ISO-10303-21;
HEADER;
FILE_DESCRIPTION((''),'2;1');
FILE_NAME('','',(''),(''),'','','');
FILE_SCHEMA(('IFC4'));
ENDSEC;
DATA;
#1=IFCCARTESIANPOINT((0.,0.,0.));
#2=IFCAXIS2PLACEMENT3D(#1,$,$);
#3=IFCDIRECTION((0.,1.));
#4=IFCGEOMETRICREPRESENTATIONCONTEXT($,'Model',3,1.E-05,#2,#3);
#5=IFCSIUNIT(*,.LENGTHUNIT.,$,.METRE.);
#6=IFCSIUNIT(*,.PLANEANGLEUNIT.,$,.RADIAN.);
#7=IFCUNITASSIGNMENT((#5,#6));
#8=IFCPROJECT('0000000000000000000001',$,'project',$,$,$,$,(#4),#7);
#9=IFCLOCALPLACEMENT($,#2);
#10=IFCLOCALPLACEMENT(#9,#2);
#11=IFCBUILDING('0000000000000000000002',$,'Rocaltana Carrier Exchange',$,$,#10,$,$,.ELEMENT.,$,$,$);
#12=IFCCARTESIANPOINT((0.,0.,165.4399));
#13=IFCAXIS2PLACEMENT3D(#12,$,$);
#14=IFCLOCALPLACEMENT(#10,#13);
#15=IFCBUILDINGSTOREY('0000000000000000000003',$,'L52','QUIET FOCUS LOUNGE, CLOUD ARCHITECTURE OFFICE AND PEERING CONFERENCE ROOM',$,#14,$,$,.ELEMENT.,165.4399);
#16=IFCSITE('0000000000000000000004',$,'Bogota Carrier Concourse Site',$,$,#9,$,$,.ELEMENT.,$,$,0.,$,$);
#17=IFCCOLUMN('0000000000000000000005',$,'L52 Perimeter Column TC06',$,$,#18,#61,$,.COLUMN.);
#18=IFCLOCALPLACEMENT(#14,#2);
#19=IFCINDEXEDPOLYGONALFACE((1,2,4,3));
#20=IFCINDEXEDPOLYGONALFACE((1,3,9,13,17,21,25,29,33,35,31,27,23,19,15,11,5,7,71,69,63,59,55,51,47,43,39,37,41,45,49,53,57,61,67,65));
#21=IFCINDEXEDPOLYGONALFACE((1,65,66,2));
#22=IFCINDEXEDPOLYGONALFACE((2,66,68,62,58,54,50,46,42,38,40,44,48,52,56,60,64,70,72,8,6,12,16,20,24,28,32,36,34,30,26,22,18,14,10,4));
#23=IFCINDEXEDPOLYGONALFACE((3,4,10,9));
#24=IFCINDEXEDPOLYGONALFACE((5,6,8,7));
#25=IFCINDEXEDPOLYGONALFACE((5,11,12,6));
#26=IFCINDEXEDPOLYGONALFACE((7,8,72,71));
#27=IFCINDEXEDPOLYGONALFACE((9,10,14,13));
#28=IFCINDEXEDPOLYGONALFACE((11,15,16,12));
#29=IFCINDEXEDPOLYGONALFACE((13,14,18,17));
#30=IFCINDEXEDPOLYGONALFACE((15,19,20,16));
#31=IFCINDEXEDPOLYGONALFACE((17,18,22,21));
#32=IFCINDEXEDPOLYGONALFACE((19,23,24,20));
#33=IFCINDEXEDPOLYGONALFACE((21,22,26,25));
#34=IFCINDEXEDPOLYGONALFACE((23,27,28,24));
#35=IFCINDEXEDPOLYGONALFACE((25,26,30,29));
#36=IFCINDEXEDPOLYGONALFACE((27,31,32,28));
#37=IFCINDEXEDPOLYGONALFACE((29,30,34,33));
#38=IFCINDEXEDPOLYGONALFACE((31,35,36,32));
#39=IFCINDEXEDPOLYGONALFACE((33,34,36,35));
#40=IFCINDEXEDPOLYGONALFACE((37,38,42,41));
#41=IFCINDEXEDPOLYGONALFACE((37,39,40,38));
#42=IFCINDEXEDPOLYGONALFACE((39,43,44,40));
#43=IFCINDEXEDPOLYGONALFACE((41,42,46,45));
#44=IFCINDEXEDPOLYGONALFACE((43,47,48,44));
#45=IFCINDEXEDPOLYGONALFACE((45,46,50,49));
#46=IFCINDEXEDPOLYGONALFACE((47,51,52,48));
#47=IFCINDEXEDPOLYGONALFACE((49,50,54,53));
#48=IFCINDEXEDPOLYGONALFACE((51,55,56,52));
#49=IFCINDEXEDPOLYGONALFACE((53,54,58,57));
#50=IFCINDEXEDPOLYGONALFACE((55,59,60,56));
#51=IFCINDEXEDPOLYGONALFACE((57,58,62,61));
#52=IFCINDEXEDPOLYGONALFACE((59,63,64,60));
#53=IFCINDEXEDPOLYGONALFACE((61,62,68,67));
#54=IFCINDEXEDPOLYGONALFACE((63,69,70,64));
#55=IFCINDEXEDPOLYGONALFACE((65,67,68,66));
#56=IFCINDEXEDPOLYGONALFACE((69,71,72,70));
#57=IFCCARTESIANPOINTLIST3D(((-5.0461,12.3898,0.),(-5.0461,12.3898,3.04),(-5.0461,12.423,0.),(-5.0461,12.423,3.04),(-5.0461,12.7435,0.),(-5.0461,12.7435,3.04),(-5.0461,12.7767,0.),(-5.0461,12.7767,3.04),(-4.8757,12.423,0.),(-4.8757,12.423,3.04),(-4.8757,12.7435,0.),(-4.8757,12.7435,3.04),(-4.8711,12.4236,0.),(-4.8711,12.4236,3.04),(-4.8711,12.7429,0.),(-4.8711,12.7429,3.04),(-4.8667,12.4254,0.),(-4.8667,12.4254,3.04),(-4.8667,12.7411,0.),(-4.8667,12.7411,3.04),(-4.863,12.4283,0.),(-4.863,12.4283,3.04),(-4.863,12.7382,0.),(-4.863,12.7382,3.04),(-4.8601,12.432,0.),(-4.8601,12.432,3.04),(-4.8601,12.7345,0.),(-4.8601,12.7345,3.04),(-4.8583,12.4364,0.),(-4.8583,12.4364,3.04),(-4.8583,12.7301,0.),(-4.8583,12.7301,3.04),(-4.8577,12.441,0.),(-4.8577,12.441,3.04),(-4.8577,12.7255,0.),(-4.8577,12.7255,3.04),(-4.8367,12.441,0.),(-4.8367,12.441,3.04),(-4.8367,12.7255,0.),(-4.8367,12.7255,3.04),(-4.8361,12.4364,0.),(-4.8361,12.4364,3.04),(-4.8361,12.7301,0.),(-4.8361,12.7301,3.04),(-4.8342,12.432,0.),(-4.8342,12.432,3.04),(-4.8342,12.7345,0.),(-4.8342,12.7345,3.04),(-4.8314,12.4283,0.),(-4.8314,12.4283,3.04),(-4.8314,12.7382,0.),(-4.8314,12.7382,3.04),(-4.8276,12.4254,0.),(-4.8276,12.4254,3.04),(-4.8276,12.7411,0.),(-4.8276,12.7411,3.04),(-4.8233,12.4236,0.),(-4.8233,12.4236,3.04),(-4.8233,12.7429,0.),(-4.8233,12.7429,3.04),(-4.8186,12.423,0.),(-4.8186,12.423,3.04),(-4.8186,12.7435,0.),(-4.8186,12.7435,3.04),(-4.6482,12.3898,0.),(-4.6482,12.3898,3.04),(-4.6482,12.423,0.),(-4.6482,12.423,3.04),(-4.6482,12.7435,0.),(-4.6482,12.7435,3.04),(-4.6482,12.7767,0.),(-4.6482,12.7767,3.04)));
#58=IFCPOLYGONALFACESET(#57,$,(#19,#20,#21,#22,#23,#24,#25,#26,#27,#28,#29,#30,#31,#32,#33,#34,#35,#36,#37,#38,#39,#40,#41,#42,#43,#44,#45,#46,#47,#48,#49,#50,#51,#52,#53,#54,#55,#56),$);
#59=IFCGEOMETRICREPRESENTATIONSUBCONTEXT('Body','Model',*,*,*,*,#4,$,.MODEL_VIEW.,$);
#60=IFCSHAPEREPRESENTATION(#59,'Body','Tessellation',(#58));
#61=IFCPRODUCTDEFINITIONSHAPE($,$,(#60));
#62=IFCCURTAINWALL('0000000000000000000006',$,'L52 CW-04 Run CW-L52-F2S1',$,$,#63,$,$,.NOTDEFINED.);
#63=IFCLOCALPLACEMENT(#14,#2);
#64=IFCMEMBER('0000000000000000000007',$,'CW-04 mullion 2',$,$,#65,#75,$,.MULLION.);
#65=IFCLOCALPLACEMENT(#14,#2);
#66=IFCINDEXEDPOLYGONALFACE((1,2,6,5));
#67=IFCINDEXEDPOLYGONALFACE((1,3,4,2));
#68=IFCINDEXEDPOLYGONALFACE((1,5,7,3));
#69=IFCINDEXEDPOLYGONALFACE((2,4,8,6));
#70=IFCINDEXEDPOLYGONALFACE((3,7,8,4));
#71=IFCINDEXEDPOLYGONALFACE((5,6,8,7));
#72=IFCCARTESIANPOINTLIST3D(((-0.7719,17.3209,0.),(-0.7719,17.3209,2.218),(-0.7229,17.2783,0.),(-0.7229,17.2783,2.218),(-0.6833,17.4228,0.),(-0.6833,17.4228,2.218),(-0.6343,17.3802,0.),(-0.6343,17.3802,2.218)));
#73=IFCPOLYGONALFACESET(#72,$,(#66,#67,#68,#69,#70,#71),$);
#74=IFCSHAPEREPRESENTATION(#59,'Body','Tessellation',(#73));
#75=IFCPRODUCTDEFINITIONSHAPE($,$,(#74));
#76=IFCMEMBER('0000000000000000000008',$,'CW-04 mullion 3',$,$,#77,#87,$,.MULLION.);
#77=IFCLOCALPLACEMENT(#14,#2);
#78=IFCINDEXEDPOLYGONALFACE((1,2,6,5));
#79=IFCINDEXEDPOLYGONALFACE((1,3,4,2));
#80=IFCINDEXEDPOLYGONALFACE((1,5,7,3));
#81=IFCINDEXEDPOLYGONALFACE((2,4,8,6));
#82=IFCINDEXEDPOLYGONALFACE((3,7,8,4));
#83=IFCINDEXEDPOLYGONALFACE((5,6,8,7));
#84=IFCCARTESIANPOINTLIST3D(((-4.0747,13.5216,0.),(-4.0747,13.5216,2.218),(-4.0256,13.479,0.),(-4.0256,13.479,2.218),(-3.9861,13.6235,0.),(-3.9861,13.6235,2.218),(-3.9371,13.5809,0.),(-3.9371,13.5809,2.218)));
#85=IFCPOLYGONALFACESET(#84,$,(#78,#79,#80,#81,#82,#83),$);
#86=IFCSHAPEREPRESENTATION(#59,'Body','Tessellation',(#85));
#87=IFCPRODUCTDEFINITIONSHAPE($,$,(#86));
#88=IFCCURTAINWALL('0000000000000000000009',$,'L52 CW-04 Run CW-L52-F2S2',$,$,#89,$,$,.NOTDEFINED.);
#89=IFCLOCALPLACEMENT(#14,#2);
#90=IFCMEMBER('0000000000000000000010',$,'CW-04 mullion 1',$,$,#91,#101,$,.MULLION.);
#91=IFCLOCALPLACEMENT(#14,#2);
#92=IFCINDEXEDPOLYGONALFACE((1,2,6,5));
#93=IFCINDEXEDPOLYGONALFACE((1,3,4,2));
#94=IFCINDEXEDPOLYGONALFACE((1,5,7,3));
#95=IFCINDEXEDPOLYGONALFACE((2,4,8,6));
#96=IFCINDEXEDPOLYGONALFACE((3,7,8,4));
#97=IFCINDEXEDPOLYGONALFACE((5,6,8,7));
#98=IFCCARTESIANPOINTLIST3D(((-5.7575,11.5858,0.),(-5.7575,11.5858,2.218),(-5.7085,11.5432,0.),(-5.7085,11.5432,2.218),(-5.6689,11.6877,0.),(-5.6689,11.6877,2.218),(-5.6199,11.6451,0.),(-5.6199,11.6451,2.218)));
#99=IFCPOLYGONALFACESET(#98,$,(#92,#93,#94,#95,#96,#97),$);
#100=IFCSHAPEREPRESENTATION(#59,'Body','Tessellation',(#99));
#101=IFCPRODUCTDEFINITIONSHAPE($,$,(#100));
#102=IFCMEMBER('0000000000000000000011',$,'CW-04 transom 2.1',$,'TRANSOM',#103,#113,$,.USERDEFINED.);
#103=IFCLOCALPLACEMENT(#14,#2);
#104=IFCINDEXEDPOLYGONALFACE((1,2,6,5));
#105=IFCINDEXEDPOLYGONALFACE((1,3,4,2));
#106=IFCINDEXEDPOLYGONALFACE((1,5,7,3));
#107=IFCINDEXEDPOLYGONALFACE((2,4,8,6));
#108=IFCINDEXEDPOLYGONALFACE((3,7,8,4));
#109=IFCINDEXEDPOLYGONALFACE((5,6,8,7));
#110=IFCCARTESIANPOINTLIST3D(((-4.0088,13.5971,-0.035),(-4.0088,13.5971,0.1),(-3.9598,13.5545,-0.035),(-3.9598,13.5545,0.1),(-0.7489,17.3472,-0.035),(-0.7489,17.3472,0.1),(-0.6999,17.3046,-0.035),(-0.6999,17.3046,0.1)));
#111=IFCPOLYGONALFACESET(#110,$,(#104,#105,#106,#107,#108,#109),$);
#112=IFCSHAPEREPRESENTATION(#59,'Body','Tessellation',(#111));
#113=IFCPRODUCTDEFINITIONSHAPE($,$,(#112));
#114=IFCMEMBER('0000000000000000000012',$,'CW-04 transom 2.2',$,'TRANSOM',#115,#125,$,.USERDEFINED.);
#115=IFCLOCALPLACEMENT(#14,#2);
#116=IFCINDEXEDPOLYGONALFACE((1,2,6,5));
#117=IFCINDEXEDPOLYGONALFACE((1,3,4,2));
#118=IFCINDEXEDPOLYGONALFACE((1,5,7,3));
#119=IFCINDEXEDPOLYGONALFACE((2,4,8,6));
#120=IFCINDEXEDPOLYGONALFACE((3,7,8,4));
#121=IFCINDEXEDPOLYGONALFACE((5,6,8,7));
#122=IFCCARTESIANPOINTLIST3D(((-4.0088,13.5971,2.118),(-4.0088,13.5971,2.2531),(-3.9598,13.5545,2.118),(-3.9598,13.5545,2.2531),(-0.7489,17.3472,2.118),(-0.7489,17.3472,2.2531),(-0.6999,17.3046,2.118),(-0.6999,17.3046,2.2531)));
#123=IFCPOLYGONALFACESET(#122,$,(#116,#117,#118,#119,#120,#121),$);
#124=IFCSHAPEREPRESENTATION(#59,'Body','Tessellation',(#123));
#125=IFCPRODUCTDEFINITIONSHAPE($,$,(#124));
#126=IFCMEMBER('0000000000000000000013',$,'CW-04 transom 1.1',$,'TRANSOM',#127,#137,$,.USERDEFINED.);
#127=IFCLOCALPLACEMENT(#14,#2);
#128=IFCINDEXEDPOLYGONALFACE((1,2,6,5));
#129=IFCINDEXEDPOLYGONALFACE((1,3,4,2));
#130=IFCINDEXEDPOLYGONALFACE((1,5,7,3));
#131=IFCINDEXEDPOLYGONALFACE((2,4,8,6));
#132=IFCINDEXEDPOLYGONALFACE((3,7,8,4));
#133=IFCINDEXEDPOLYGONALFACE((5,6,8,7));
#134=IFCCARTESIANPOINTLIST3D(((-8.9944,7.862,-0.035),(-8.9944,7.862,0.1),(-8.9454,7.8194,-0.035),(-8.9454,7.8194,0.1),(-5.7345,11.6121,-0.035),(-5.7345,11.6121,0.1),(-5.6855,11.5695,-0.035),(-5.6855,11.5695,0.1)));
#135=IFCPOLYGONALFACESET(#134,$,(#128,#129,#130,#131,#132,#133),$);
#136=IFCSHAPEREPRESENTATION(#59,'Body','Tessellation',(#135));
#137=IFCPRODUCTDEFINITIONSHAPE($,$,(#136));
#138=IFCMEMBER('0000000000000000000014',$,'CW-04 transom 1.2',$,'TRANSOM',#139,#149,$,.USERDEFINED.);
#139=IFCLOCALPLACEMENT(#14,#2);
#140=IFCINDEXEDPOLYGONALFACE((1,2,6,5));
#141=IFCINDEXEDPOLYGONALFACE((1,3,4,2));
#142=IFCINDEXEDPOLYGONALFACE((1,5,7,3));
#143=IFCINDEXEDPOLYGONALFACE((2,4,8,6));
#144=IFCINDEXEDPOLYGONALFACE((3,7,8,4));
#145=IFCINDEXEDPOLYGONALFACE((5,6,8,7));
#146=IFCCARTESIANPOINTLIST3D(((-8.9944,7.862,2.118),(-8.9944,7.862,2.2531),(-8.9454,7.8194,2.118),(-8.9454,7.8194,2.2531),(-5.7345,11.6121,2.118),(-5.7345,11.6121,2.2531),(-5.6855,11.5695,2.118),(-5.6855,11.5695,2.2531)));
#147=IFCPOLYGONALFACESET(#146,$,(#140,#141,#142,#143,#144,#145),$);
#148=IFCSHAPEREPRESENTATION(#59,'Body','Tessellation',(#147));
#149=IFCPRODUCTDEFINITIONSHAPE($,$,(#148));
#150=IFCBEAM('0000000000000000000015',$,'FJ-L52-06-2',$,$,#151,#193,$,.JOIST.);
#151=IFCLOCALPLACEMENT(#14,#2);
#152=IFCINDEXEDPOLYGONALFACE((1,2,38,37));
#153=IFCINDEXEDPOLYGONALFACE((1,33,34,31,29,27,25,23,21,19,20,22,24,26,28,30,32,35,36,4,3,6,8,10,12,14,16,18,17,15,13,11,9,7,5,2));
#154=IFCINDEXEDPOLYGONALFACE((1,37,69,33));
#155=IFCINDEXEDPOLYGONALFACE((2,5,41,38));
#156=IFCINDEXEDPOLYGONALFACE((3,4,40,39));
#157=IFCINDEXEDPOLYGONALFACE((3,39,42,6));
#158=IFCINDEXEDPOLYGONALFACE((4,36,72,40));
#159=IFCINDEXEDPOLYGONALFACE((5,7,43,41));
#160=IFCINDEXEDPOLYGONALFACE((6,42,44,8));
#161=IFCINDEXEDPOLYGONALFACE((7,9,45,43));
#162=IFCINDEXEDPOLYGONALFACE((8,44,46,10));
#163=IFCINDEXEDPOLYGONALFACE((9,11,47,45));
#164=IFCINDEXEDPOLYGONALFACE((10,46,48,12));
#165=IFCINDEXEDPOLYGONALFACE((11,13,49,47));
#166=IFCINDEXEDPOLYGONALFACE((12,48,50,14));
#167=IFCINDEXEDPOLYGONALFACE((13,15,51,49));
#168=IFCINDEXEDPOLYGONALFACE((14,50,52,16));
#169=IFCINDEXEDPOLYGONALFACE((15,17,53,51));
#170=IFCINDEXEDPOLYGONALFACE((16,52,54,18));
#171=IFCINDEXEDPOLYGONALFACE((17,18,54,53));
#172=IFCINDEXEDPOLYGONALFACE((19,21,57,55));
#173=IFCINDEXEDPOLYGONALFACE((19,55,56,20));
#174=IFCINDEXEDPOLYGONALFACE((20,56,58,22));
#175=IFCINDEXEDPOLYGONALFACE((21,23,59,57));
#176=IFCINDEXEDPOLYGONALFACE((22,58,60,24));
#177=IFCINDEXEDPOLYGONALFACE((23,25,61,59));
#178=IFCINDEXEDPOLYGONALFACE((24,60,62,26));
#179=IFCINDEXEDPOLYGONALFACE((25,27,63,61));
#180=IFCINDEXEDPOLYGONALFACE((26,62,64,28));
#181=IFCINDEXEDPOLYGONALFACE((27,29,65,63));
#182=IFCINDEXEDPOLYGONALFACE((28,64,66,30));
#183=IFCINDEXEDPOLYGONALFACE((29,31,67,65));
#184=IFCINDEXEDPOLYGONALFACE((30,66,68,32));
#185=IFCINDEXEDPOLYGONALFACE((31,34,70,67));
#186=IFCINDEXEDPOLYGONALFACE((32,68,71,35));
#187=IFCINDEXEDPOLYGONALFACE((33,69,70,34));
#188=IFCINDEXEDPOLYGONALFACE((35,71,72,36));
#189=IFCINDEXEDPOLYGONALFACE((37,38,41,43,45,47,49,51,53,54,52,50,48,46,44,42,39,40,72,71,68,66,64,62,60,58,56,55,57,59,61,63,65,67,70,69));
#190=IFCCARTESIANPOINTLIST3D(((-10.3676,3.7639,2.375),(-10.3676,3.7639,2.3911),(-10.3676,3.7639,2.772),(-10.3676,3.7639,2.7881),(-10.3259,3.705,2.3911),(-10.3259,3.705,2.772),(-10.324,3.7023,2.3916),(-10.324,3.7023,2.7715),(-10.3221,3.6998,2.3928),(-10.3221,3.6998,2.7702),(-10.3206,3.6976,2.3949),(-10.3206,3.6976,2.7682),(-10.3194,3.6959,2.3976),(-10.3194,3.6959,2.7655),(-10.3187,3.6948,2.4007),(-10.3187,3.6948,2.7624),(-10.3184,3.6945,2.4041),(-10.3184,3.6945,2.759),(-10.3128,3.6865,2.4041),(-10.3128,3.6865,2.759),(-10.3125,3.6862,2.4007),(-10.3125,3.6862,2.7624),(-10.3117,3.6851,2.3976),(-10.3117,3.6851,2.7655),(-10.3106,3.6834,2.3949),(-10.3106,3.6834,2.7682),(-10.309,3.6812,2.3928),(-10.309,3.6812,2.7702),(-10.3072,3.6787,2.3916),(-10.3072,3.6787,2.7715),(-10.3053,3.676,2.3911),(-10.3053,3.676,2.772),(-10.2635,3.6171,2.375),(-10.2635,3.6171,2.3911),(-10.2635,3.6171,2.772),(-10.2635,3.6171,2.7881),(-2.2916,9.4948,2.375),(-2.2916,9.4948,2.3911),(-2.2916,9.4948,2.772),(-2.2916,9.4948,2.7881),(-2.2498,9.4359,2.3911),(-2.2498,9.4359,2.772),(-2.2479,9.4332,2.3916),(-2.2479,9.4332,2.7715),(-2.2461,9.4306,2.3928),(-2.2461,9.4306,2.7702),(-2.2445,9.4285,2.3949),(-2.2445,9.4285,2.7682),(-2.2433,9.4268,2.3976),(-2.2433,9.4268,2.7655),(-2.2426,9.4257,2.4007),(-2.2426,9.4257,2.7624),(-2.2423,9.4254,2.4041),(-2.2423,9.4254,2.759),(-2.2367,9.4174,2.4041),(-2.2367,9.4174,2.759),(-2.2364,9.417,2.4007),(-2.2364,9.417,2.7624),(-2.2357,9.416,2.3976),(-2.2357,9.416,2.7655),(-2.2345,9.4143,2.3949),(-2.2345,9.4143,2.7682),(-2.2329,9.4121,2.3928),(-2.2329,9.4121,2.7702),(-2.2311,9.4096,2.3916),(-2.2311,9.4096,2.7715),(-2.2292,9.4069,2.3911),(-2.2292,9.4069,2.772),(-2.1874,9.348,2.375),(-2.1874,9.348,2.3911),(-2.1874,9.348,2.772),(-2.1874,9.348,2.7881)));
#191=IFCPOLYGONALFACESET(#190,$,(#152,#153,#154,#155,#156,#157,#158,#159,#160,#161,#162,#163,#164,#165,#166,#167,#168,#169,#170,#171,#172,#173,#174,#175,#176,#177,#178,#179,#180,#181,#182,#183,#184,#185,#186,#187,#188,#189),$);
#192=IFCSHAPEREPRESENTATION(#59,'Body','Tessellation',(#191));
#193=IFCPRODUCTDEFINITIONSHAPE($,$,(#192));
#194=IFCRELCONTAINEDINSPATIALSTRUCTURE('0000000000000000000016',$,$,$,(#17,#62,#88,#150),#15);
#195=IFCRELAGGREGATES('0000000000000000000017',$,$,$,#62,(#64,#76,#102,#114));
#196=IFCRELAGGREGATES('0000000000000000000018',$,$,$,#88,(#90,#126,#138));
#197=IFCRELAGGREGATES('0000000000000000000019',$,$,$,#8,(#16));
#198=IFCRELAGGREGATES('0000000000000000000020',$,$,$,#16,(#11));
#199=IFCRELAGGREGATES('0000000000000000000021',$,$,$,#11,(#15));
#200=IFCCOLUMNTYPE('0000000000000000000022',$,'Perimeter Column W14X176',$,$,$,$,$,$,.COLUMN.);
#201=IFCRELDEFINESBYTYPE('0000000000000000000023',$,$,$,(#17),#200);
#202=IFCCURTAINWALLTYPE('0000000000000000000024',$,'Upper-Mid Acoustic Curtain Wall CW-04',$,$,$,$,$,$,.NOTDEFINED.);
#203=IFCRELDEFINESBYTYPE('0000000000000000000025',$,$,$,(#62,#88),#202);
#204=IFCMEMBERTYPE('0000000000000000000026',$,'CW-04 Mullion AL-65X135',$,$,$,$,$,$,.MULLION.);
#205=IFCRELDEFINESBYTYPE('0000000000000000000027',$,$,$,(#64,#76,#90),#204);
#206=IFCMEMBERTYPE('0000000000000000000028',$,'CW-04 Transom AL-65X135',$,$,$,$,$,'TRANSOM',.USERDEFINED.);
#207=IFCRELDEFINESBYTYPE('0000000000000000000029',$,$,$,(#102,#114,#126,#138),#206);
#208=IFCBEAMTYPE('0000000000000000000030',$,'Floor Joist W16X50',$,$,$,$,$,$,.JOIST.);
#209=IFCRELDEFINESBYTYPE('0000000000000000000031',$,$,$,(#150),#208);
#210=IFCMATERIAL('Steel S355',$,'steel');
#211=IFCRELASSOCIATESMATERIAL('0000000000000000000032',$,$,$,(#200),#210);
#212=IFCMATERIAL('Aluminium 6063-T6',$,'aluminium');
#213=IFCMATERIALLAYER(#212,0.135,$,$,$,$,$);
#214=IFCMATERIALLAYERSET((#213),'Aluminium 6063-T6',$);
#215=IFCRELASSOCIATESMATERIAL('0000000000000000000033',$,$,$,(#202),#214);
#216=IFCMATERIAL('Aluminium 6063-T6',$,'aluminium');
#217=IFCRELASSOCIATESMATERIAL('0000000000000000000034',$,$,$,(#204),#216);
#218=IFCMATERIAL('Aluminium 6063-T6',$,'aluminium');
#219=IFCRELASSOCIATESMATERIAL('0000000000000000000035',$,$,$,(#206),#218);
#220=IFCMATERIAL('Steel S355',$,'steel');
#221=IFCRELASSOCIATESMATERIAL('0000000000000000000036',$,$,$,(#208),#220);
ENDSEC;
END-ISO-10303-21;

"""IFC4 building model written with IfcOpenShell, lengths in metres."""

from ifc_helpers import new_model, si_unit, direction, frame, origin, origin_2d, place, context, subcontext, project, spatial, rectangle, i_section, extrude, material, layer, layer_set, material_profile, profile_set, type_object, element, aggregate, save


model = new_model("IFC4")

# Units and contexts
model_context = context("Model", 3, precision=1e-05, world=origin(), true_north=direction((0.0, 1.0)))
body_context = subcontext(model_context, "Body", "Model", "MODEL_VIEW")
ifc_project = project(units=[si_unit("LENGTHUNIT", "METRE"), si_unit("PLANEANGLEUNIT", "RADIAN")], contexts=[model_context])

# Site, building, storey
site_placement = place(None, origin())
site = spatial("IfcSite", under=ifc_project, at=site_placement, Name="Bogota Carrier Concourse Site", CompositionType="ELEMENT", RefElevation=0.0)
building_placement = place(site_placement, origin())
building = spatial("IfcBuilding", under=site, at=building_placement, Name="Rocaltana Carrier Exchange", CompositionType="ELEMENT")
storey_placement = place(building_placement, frame((0.0, 0.0, 165.4399)))
storey = spatial("IfcBuildingStorey", under=building, at=storey_placement, Name="L52", Description="QUIET FOCUS LOUNGE, CLOUD ARCHITECTURE OFFICE AND PEERING CONFERENCE ROOM", CompositionType="ELEMENT", Elevation=165.4399)

# Column
ifc_material_1 = material(Name="Steel S355", Category="steel")
ifc_material_profile_1 = material_profile(ifc_material_1, i_section(OverallWidth=0.3979, OverallDepth=0.387, WebThickness=0.021, FlangeThickness=0.0332, FilletRadius=0.0181, at=origin_2d()), Name="W14X176")
ifc_profile_set_1 = profile_set([ifc_material_profile_1], Name="Steel S355")
column_type = type_object("IfcColumnType", Name="Perimeter Column W14X176", PredefinedType="COLUMN", material=ifc_profile_set_1)
column_placement = place(storey_placement, frame((-4.8472, 12.5833, 0.0), z_axis=(0.0, 0.0, 1.0), x_axis=(1.0, 0.0, 0.0)))
element("IfcColumn", 1, at=column_placement, inside=storey, type_object=column_type, Name="L52 Perimeter Column TC06", PredefinedType="COLUMN", context=body_context, shape_type="SweptSolid", body=[
    extrude(i_section(OverallWidth=0.3979, OverallDepth=0.387, WebThickness=0.021, FlangeThickness=0.0332, FilletRadius=0.0181, at=origin_2d()), origin(), (0.0, 0.0, 1.0), 3.04),
])

# Curtain wall, members
ifc_material_2 = material(Name="Aluminium 6063-T6", Category="aluminium")
ifc_layer_1 = layer(ifc_material_2, 0.135)
ifc_layer_set_1 = layer_set([ifc_layer_1], Name="Aluminium 6063-T6")
curtain_wall_type = type_object("IfcCurtainWallType", Name="Upper-Mid Acoustic Curtain Wall CW-04", PredefinedType="NOTDEFINED", material=ifc_layer_set_1)
curtain_wall_1_placement = place(storey_placement, origin())
curtain_wall_1 = element("IfcCurtainWall", 2, at=curtain_wall_1_placement, inside=storey, type_object=curtain_wall_type, Name="L52 CW-04 Run CW-L52-F2S1", PredefinedType="NOTDEFINED")
ifc_material_3 = material(Name="Aluminium 6063-T6", Category="aluminium")
ifc_material_profile_2 = material_profile(ifc_material_3, rectangle(XDim=0.0649, YDim=0.135, at=origin_2d()), Name="AL-65X135")
ifc_profile_set_2 = profile_set([ifc_material_profile_2], Name="Aluminium 6063-T6")
member_type_1 = type_object("IfcMemberType", Name="CW-04 Mullion AL-65X135", PredefinedType="MULLION", material=ifc_profile_set_2)
member_1_placement = place(storey_placement, frame((-0.7031, 17.3506, 0.0), z_axis=(0.0, 0.0, 1.0), x_axis=(0.754712, -0.656057, 0.0)))
member_1 = element("IfcMember", 3, at=member_1_placement, type_object=member_type_1, Name="CW-04 mullion 2", PredefinedType="MULLION", context=body_context, shape_type="SweptSolid", body=[
    extrude(rectangle(XDim=0.0649, YDim=0.135, at=origin_2d()), origin(), (0.0, 0.0, 1.0), 2.218),
])
member_2_placement = place(storey_placement, frame((-4.0059, 13.5513, 0.0), z_axis=(0.0, 0.0, 1.0), x_axis=(0.754712, -0.656057, 0.0)))
member_2 = element("IfcMember", 4, at=member_2_placement, type_object=member_type_1, Name="CW-04 mullion 3", PredefinedType="MULLION", context=body_context, shape_type="SweptSolid", body=[
    extrude(rectangle(XDim=0.0649, YDim=0.135, at=origin_2d()), origin(), (0.0, 0.0, 1.0), 2.218),
])

# Curtain wall, member
curtain_wall_2_placement = place(storey_placement, origin())
curtain_wall_2 = element("IfcCurtainWall", 5, at=curtain_wall_2_placement, inside=storey, type_object=curtain_wall_type, Name="L52 CW-04 Run CW-L52-F2S2", PredefinedType="NOTDEFINED")
member_3_placement = place(storey_placement, frame((-5.6887, 11.6155, 0.0), z_axis=(0.0, 0.0, 1.0), x_axis=(0.754712, -0.656057, 0.0)))
member_3 = element("IfcMember", 6, at=member_3_placement, type_object=member_type_1, Name="CW-04 mullion 1", PredefinedType="MULLION", context=body_context, shape_type="SweptSolid", body=[
    extrude(rectangle(XDim=0.0649, YDim=0.135, at=origin_2d()), origin(), (0.0, 0.0, 1.0), 2.218),
])

# Members
ifc_material_4 = material(Name="Aluminium 6063-T6", Category="aluminium")
ifc_material_profile_3 = material_profile(ifc_material_4, rectangle(XDim=0.0649, YDim=0.135, at=origin_2d()), Name="AL-65X135")
ifc_profile_set_3 = profile_set([ifc_material_profile_3], Name="Aluminium 6063-T6")
member_type_2 = type_object("IfcMemberType", Name="CW-04 Transom AL-65X135", ElementType="TRANSOM", PredefinedType="USERDEFINED", material=ifc_profile_set_3)
member_4_placement = place(storey_placement, frame((-0.7244, 17.3259, 0.0325), z_axis=(-0.656056, -0.754712, 0.0), x_axis=(0.754712, -0.656056, 0.0)))
member_4 = element("IfcMember", 7, at=member_4_placement, type_object=member_type_2, Name="CW-04 transom 2.1", ObjectType="TRANSOM", PredefinedType="USERDEFINED", context=body_context, shape_type="SweptSolid", body=[
    extrude(rectangle(XDim=0.0649, YDim=0.135, at=origin_2d()), origin(), (0.0, 0.0, 1.0), 4.969),
])
member_5_placement = place(storey_placement, frame((-0.7244, 17.3259, 2.1855), z_axis=(-0.656056, -0.754712, 0.0), x_axis=(0.754712, -0.656056, 0.0)))
member_5 = element("IfcMember", 8, at=member_5_placement, type_object=member_type_2, Name="CW-04 transom 2.2", ObjectType="TRANSOM", PredefinedType="USERDEFINED", context=body_context, shape_type="SweptSolid", body=[
    extrude(rectangle(XDim=0.0649, YDim=0.135, at=origin_2d()), origin(), (0.0, 0.0, 1.0), 4.969),
])
member_6_placement = place(storey_placement, frame((-5.71, 11.5908, 0.0325), z_axis=(-0.656056, -0.754712, 0.0), x_axis=(0.754712, -0.656056, 0.0)))
member_6 = element("IfcMember", 9, at=member_6_placement, type_object=member_type_2, Name="CW-04 transom 1.1", ObjectType="TRANSOM", PredefinedType="USERDEFINED", context=body_context, shape_type="SweptSolid", body=[
    extrude(rectangle(XDim=0.0649, YDim=0.135, at=origin_2d()), origin(), (0.0, 0.0, 1.0), 4.969),
])
member_7_placement = place(storey_placement, frame((-5.71, 11.5908, 2.1855), z_axis=(-0.656056, -0.754712, 0.0), x_axis=(0.754712, -0.656056, 0.0)))
member_7 = element("IfcMember", 10, at=member_7_placement, type_object=member_type_2, Name="CW-04 transom 1.2", ObjectType="TRANSOM", PredefinedType="USERDEFINED", context=body_context, shape_type="SweptSolid", body=[
    extrude(rectangle(XDim=0.0649, YDim=0.135, at=origin_2d()), origin(), (0.0, 0.0, 1.0), 4.969),
])

# Beam
ifc_material_5 = material(Name="Steel S355", Category="steel")
ifc_material_profile_4 = material_profile(ifc_material_5, i_section(OverallWidth=0.1799, OverallDepth=0.4131, WebThickness=0.0098, FlangeThickness=0.0161, FilletRadius=0.0129, at=origin_2d()), Name="W16X50")
ifc_profile_set_4 = profile_set([ifc_material_profile_4], Name="Steel S355")
beam_type_1 = type_object("IfcBeamType", Name="Floor Joist W16X50", PredefinedType="JOIST", material=ifc_profile_set_4)
beam_1_placement = place(storey_placement, frame((-2.2395, 9.4214, 2.5815), z_axis=(-0.815532, -0.578712, 0.0), x_axis=(0.578712, -0.815532, 0.0)))
element("IfcBeam", 11, at=beam_1_placement, inside=storey, type_object=beam_type_1, Name="FJ-L52-06-2", PredefinedType="JOIST", context=body_context, shape_type="SweptSolid", body=[
    extrude(i_section(OverallWidth=0.1799, OverallDepth=0.4131, WebThickness=0.0098, FlangeThickness=0.0161, FilletRadius=0.0129, at=origin_2d()), origin(), (0.0, 0.0, 1.0), 9.9028),
])

aggregate(curtain_wall_1, [member_1, member_2, member_4, member_5])
aggregate(curtain_wall_2, [member_3, member_6, member_7])

save(model, "model.ifc")
